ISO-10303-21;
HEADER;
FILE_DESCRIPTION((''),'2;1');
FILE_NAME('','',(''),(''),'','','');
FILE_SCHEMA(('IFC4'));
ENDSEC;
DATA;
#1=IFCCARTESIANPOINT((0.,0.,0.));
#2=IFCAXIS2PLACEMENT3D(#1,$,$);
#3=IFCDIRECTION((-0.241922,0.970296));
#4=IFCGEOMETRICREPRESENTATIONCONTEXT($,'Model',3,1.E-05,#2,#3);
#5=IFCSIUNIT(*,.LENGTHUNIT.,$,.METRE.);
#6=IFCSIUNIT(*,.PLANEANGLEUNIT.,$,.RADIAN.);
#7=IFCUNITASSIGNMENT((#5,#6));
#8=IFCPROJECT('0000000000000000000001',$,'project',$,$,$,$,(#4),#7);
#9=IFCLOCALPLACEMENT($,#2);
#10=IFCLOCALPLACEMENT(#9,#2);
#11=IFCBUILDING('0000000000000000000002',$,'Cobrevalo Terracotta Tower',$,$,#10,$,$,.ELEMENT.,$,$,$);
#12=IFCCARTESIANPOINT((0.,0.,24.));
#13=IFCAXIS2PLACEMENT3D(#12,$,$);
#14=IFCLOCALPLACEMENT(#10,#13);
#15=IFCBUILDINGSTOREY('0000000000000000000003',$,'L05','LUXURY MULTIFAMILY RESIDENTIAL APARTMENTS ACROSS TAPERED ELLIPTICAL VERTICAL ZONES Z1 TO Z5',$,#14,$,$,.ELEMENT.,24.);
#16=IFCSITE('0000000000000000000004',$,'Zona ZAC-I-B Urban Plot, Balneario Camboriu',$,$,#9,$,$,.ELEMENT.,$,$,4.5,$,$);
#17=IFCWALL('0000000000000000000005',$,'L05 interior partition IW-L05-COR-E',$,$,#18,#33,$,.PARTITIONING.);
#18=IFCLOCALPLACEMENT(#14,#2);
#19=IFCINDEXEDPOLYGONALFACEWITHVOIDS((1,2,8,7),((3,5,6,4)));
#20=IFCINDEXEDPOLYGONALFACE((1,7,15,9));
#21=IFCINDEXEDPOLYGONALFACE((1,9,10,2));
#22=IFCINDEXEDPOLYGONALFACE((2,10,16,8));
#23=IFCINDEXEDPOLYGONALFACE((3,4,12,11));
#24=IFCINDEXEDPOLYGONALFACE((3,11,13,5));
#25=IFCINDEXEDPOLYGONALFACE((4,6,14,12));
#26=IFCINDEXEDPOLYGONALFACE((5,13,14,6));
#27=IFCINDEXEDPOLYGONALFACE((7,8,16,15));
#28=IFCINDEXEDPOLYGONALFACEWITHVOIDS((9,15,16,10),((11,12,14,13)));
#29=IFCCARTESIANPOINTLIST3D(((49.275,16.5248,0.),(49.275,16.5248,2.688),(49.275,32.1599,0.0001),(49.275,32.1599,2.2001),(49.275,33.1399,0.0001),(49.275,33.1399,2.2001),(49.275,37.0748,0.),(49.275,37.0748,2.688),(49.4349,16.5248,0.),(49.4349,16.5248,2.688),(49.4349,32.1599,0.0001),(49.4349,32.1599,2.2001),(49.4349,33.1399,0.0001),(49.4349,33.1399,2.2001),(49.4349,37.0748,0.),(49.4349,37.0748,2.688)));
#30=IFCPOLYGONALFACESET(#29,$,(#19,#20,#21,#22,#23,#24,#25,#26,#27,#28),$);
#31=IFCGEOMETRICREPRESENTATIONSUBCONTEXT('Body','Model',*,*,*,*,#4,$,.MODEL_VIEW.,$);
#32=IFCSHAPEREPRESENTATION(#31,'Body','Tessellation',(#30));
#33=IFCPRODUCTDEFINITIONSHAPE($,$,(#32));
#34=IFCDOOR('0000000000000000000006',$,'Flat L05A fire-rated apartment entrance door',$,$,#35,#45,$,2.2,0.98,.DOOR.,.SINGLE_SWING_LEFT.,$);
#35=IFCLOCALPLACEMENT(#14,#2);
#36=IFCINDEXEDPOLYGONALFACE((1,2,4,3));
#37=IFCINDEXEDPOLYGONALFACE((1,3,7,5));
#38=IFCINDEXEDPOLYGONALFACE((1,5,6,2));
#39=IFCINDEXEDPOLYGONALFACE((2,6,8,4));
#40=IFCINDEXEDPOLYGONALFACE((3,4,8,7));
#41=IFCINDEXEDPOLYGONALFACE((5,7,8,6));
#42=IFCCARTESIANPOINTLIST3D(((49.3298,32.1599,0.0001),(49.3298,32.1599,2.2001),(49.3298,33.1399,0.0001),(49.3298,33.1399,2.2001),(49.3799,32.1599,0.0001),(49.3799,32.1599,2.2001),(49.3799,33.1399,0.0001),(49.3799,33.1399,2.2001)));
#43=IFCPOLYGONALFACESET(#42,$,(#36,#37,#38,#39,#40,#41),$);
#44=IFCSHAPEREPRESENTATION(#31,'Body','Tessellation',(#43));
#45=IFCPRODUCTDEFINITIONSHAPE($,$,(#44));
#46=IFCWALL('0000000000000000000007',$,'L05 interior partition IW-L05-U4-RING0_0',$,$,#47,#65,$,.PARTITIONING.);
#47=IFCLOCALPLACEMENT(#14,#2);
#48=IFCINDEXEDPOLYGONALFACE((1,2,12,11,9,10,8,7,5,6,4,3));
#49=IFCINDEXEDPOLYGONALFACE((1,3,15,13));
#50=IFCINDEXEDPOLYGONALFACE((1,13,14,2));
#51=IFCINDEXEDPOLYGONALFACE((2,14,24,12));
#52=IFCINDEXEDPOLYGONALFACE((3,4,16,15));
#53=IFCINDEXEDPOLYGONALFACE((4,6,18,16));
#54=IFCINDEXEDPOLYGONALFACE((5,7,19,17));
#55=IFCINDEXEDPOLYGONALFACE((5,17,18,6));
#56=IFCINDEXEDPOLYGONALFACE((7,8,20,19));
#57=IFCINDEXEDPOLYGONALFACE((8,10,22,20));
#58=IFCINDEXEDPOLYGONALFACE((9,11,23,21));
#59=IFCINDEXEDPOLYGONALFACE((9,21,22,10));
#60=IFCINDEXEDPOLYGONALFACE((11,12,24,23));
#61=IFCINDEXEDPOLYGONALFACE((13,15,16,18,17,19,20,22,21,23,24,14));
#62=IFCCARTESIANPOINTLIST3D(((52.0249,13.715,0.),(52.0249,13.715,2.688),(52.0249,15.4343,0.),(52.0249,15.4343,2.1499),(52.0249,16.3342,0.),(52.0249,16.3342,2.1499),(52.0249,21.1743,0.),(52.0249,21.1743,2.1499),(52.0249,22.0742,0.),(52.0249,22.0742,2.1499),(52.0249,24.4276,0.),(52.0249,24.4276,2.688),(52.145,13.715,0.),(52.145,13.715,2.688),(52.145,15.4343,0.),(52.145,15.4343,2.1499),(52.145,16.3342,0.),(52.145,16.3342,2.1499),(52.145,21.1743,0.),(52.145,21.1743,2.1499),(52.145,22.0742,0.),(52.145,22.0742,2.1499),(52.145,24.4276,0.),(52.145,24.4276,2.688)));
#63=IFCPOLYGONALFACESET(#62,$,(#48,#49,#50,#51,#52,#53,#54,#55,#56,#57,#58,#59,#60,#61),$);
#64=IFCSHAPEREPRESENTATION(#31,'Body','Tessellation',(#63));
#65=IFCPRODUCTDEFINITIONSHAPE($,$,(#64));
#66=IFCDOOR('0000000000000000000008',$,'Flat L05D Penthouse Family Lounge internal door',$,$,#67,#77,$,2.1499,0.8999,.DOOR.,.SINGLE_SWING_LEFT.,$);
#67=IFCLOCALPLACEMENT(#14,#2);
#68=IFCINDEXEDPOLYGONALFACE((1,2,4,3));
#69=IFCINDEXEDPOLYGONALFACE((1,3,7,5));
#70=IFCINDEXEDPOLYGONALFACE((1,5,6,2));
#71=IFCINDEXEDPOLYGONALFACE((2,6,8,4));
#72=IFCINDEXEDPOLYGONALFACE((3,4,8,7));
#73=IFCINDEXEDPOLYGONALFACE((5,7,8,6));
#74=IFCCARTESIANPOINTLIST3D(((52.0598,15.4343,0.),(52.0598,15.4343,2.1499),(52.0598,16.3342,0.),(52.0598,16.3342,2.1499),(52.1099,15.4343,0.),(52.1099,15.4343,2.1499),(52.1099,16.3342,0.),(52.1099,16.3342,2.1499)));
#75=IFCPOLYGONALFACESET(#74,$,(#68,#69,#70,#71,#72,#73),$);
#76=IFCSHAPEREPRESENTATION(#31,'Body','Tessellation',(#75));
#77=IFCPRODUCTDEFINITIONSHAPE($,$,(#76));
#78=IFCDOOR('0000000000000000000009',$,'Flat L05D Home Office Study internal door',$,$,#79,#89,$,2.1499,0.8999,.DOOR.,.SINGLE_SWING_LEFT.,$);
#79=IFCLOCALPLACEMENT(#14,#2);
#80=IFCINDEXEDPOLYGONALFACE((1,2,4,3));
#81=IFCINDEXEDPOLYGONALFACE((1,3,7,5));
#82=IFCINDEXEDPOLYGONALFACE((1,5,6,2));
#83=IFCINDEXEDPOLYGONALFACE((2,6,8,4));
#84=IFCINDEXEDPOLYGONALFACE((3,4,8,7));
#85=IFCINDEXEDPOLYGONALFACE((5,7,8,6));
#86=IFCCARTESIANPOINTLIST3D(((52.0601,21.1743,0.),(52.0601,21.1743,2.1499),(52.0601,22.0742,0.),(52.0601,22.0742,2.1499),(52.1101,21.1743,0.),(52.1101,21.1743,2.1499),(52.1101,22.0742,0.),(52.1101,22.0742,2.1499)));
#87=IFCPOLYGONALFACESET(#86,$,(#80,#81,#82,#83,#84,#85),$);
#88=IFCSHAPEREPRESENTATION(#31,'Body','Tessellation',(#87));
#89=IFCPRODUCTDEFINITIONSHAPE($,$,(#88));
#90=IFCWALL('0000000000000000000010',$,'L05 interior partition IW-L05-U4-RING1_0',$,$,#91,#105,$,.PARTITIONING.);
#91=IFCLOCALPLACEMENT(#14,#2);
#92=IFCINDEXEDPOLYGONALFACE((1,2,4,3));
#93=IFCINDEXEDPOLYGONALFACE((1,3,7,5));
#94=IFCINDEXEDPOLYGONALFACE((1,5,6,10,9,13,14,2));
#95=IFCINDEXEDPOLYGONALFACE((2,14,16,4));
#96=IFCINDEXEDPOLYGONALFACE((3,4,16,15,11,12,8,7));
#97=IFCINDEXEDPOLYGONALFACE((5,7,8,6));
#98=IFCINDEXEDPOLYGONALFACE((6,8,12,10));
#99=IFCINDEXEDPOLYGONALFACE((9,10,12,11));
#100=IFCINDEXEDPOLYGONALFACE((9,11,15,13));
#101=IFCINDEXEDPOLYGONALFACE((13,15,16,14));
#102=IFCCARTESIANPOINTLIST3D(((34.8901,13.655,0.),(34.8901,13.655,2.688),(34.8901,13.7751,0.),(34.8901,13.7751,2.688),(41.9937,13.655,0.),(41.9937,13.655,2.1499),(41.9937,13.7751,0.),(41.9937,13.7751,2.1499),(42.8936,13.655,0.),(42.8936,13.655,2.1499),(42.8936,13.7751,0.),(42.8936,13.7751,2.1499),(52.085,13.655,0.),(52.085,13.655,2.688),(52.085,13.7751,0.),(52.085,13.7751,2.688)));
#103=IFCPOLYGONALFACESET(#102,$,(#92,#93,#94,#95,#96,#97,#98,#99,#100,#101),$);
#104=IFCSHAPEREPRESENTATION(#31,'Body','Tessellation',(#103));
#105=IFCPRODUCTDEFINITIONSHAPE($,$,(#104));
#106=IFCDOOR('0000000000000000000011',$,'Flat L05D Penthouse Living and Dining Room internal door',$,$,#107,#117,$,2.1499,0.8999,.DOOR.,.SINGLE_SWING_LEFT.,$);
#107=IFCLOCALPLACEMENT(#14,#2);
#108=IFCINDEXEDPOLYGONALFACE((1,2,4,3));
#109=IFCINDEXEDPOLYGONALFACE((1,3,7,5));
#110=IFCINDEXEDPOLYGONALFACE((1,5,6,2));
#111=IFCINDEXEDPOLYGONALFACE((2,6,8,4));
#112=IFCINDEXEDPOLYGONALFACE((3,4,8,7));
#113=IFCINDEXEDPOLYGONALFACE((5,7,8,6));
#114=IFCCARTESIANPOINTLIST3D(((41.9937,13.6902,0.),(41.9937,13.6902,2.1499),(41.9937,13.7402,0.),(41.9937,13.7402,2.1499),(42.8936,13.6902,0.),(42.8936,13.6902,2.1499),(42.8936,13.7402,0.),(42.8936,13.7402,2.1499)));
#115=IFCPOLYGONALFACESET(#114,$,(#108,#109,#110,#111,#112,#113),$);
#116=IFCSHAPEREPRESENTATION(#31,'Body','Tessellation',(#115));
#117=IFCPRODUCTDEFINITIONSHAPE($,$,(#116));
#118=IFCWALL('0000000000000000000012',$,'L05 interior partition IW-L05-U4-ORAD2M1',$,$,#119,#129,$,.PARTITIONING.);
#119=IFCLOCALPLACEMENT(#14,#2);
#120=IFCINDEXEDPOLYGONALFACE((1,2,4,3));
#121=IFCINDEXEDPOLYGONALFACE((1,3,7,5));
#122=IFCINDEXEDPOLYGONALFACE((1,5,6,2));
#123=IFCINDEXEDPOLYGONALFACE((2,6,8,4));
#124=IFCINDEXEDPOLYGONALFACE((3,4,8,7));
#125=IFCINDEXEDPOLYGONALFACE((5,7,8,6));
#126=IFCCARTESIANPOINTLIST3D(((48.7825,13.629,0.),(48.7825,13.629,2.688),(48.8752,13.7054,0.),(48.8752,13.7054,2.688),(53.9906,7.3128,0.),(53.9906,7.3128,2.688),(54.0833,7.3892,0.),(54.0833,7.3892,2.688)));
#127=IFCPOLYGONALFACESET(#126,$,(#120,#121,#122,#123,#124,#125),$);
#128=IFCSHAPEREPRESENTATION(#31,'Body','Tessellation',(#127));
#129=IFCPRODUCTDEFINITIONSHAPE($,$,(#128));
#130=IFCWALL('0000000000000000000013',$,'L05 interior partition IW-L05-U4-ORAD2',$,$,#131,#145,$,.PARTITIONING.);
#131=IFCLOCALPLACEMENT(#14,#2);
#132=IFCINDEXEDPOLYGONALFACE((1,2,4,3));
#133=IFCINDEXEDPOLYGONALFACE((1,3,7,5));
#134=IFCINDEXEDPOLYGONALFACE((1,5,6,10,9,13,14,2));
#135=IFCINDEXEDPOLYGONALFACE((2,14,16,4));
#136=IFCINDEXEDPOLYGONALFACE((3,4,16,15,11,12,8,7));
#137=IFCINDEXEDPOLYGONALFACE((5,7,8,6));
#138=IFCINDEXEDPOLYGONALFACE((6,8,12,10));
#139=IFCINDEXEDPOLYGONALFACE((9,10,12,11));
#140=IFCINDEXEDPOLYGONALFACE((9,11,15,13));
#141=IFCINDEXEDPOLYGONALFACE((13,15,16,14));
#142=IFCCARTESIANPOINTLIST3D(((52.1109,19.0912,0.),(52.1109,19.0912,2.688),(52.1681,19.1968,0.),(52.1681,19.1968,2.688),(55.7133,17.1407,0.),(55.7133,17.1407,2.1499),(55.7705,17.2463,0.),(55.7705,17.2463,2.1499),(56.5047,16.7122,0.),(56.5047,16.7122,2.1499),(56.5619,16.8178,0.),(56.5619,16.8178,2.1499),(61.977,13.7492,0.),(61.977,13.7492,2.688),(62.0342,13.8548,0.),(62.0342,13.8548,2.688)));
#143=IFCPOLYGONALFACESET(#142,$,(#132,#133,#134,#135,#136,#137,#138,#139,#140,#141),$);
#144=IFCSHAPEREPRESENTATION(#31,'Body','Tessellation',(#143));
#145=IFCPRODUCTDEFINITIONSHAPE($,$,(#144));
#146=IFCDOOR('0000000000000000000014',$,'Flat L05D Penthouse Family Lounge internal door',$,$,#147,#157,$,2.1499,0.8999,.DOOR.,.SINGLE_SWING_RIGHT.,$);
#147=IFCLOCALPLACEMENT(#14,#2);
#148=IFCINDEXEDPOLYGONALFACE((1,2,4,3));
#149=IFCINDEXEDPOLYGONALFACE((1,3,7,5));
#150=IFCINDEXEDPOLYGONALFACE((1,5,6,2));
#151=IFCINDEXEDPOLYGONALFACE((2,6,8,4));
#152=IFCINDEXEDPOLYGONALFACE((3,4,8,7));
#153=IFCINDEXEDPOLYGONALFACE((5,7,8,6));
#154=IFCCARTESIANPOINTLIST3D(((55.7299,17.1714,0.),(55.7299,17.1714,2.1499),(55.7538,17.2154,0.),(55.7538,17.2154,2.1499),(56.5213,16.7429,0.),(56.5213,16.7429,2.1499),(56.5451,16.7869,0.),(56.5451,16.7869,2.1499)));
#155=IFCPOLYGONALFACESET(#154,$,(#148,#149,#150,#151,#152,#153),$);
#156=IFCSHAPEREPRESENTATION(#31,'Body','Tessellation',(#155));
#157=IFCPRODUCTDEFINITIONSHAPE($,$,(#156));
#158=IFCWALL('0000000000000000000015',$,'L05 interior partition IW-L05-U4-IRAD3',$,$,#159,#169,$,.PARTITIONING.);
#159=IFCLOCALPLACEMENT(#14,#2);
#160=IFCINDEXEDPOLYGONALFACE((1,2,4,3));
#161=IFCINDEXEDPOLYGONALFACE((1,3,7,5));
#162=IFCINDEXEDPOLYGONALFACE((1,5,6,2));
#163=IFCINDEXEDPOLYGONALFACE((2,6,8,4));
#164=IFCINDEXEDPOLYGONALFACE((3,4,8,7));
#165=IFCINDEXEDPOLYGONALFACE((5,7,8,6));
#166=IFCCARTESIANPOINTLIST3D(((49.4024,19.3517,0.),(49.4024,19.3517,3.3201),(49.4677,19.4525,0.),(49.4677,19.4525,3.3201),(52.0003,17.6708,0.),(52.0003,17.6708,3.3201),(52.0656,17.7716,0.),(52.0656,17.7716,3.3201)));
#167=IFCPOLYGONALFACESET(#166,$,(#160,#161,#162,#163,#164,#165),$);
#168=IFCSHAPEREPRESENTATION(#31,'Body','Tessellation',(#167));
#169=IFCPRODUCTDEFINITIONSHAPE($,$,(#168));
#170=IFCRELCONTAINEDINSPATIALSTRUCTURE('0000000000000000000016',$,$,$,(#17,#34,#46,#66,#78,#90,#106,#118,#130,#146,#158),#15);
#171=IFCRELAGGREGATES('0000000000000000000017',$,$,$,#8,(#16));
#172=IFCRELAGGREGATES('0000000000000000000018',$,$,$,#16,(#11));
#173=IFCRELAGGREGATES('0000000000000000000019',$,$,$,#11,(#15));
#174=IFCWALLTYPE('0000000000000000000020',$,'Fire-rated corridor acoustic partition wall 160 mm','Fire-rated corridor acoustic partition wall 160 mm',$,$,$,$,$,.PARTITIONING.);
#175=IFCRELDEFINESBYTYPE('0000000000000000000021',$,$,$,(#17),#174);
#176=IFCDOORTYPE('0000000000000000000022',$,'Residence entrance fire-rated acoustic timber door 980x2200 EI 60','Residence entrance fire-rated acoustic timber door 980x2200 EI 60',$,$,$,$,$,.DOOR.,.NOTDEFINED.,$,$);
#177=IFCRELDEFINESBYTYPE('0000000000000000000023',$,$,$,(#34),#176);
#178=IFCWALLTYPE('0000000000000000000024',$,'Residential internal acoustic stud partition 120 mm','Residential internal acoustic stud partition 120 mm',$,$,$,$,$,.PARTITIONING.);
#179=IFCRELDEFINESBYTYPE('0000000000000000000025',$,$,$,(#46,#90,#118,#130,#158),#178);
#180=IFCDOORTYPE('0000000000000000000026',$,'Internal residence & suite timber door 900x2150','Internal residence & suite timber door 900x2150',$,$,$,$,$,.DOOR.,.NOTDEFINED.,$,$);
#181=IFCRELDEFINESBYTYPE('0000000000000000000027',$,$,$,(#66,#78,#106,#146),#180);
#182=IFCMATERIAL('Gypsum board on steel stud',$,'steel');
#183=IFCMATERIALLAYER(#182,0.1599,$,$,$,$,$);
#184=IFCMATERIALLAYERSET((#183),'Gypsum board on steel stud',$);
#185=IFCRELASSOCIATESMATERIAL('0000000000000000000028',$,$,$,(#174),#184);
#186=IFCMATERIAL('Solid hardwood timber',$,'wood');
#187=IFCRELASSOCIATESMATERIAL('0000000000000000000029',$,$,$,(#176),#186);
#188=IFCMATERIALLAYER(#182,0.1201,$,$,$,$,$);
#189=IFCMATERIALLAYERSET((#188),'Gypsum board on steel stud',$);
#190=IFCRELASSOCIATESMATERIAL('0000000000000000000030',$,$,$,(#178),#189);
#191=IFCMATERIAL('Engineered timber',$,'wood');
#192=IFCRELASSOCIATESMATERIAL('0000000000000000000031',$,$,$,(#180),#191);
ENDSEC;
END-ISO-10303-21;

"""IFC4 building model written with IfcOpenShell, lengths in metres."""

from ifc_helpers import new_model, si_unit, direction, frame, frame_2d, origin, place, context, subcontext, project, spatial, rectangle, extrude, source, transform, mapped, material, layer, layer_set, type_object, element, fill, save


model = new_model("IFC4")

# Units and contexts
model_context = context("Model", 3, precision=1e-05, world=origin(), true_north=direction((-0.241922, 0.970296)))
body_context = subcontext(model_context, "Body", "Model", "MODEL_VIEW")
ifc_project = project(units=[si_unit("LENGTHUNIT", "METRE"), si_unit("PLANEANGLEUNIT", "RADIAN")], contexts=[model_context])

# Site, building, storey
site_placement = place(None, origin())
site = spatial("IfcSite", under=ifc_project, at=site_placement, Name="Zona ZAC-I-B Urban Plot, Balneario Camboriu", CompositionType="ELEMENT", RefElevation=4.5)
building_placement = place(site_placement, origin())
building = spatial("IfcBuilding", under=site, at=building_placement, Name="Cobrevalo Terracotta Tower", CompositionType="ELEMENT")
storey_placement = place(building_placement, frame((0.0, 0.0, 24.0)))
storey = spatial("IfcBuildingStorey", under=building, at=storey_placement, Name="L05", Description="LUXURY MULTIFAMILY RESIDENTIAL APARTMENTS ACROSS TAPERED ELLIPTICAL VERTICAL ZONES Z1 TO Z5", CompositionType="ELEMENT", Elevation=24.0)

# Wall, opening, door
ifc_material_1 = material(Name="Gypsum board on steel stud", Category="steel")
ifc_layer_1 = layer(ifc_material_1, 0.1599)
ifc_layer_set_1 = layer_set([ifc_layer_1], Name="Gypsum board on steel stud")
wall_type_1 = type_object("IfcWallType", Name="Fire-rated corridor acoustic partition wall 160 mm", Description="Fire-rated corridor acoustic partition wall 160 mm", PredefinedType="PARTITIONING", material=ifc_layer_set_1)
wall_1_placement = place(storey_placement, frame((49.355, 16.5249, 0.0), z_axis=(0.0, 0.0, 1.0), x_axis=(0.0, 1.0, 0.0)))
wall_1 = element("IfcWall", 1, at=wall_1_placement, inside=storey, type_object=wall_type_1, Name="L05 interior partition IW-L05-COR-E", PredefinedType="PARTITIONING", context=body_context, shape_type="SweptSolid", body=[
    extrude(rectangle(XDim=20.55, YDim=0.1599, at=frame_2d((10.2749, 0.0))), origin(), (0.0, 0.0, 1.0), 2.688),
])
opening_1_placement = place(wall_1_placement, frame((15.635, 0.0, 0.0)))
opening_1 = element("IfcOpeningElement", 2, at=opening_1_placement, cuts=wall_1, PredefinedType="OPENING", context=body_context, shape_type="SweptSolid", body=[
    extrude(rectangle(XDim=0.98, YDim=2.2, at=frame_2d((0.49, 1.1001))), frame((0.0, 0.0898, 0.0), z_axis=(0.0, -1.0, 0.0), x_axis=(1.0, 0.0, 0.0)), (0.0, 0.0, 1.0), 0.1799),
])
ifc_material_2 = material(Name="Solid hardwood timber", Category="wood")
door_type_1 = type_object("IfcDoorType", Name="Residence entrance fire-rated acoustic timber door 980x2200 EI 60", Description="Residence entrance fire-rated acoustic timber door 980x2200 EI 60", OperationType="NOTDEFINED", PredefinedType="DOOR", material=ifc_material_2)
shared_shape_1 = source(origin(), body_context, "Body", "SweptSolid", [
    extrude(rectangle(XDim=0.98, YDim=2.2, at=frame_2d((0.49, 1.1001))), frame((0.0, 0.0249, 0.0), z_axis=(0.0, -1.0, 0.0), x_axis=(1.0, 0.0, 0.0)), (0.0, 0.0, 1.0), 0.05),
])
door_1_placement = place(opening_1_placement, frame((0.98, 0.0, 0.0), z_axis=(0.0, 0.0, 1.0), x_axis=(-1.0, 0.0, 0.0)))
door_1 = element("IfcDoor", 3, at=door_1_placement, inside=storey, type_object=door_type_1, Name="Flat L05A fire-rated apartment entrance door", OperationType="SINGLE_SWING_LEFT", OverallHeight=2.2, OverallWidth=0.98, PredefinedType="DOOR", context=body_context, shape_type="MappedRepresentation", body=[
    mapped(shared_shape_1, transform((0.0, 0.0, 0.0), scale=1.0)),
])
fill(opening_1, door_1)

# Wall, openings, doors
ifc_layer_2 = layer(ifc_material_1, 0.1201)
ifc_layer_set_2 = layer_set([ifc_layer_2], Name="Gypsum board on steel stud")
wall_type_2 = type_object("IfcWallType", Name="Residential internal acoustic stud partition 120 mm", Description="Residential internal acoustic stud partition 120 mm", PredefinedType="PARTITIONING", material=ifc_layer_set_2)
wall_2_placement = place(storey_placement, frame((52.085, 24.4277, 0.0), z_axis=(0.0, 0.0, 1.0), x_axis=(0.0, -1.0, 0.0)))
wall_2 = element("IfcWall", 4, at=wall_2_placement, inside=storey, type_object=wall_type_2, Name="L05 interior partition IW-L05-U4-RING0_0", PredefinedType="PARTITIONING", context=body_context, shape_type="SweptSolid", body=[
    extrude(rectangle(XDim=10.7126, YDim=0.1201, at=frame_2d((5.3564, 0.0))), origin(), (0.0, 0.0, 1.0), 2.688),
])
opening_2_placement = place(wall_2_placement, frame((8.0935, 0.0, 0.0)))
opening_2 = element("IfcOpeningElement", 5, at=opening_2_placement, cuts=wall_2, PredefinedType="OPENING", context=body_context, shape_type="SweptSolid", body=[
    extrude(rectangle(XDim=0.8999, YDim=2.1499, at=frame_2d((0.45, 1.075))), frame((0.0, 0.0701, 0.0), z_axis=(0.0, -1.0, 0.0), x_axis=(1.0, 0.0, 0.0)), (0.0, 0.0, 1.0), 0.1401),
])
opening_3_placement = place(wall_2_placement, frame((2.3535, 0.0, 0.0)))
opening_3 = element("IfcOpeningElement", 6, at=opening_3_placement, cuts=wall_2, PredefinedType="OPENING", context=body_context, shape_type="SweptSolid", body=[
    extrude(rectangle(XDim=0.8999, YDim=2.1499, at=frame_2d((0.45, 1.075))), frame((0.0, 0.0701, 0.0), z_axis=(0.0, -1.0, 0.0), x_axis=(1.0, 0.0, 0.0)), (0.0, 0.0, 1.0), 0.1401),
])
ifc_material_3 = material(Name="Engineered timber", Category="wood")
door_type_2 = type_object("IfcDoorType", Name="Internal residence & suite timber door 900x2150", Description="Internal residence & suite timber door 900x2150", OperationType="NOTDEFINED", PredefinedType="DOOR", material=ifc_material_3)
shared_shape_2 = source(origin(), body_context, "Body", "SweptSolid", [
    extrude(rectangle(XDim=0.8999, YDim=2.1499, at=frame_2d((0.45, 1.075))), frame((0.0, 0.0249, 0.0), z_axis=(0.0, -1.0, 0.0), x_axis=(1.0, 0.0, 0.0)), (0.0, 0.0, 1.0), 0.05),
])
door_2_placement = place(opening_2_placement, origin())
door_2 = element("IfcDoor", 7, at=door_2_placement, inside=storey, type_object=door_type_2, Name="Flat L05D Penthouse Family Lounge internal door", OperationType="SINGLE_SWING_LEFT", OverallHeight=2.1499, OverallWidth=0.8999, PredefinedType="DOOR", context=body_context, shape_type="MappedRepresentation", body=[
    mapped(shared_shape_2, transform((0.0, 0.0, 0.0), scale=1.0)),
])
fill(opening_2, door_2)
door_3_placement = place(opening_3_placement, frame((0.8999, 0.0, 0.0), z_axis=(0.0, 0.0, 1.0), x_axis=(-1.0, 0.0, 0.0)))
door_3 = element("IfcDoor", 8, at=door_3_placement, inside=storey, type_object=door_type_2, Name="Flat L05D Home Office Study internal door", OperationType="SINGLE_SWING_LEFT", OverallHeight=2.1499, OverallWidth=0.8999, PredefinedType="DOOR", context=body_context, shape_type="MappedRepresentation", body=[
    mapped(shared_shape_2, transform((0.0, 0.0, 0.0), scale=1.0)),
])
fill(opening_3, door_3)

# Wall, opening, door
wall_3_placement = place(storey_placement, frame((52.085, 13.7151, 0.0), z_axis=(0.0, 0.0, 1.0), x_axis=(-1.0, 0.0, 0.0)))
wall_3 = element("IfcWall", 9, at=wall_3_placement, inside=storey, type_object=wall_type_2, Name="L05 interior partition IW-L05-U4-RING1_0", PredefinedType="PARTITIONING", context=body_context, shape_type="SweptSolid", body=[
    extrude(rectangle(XDim=17.1948, YDim=0.1201, at=frame_2d((8.5974, 0.0))), origin(), (0.0, 0.0, 1.0), 2.688),
])
opening_4_placement = place(wall_3_placement, frame((9.1914, 0.0, 0.0)))
opening_4 = element("IfcOpeningElement", 10, at=opening_4_placement, cuts=wall_3, PredefinedType="OPENING", context=body_context, shape_type="SweptSolid", body=[
    extrude(rectangle(XDim=0.8999, YDim=2.1499, at=frame_2d((0.45, 1.075))), frame((0.0, 0.0701, 0.0), z_axis=(0.0, -1.0, 0.0), x_axis=(1.0, 0.0, 0.0)), (0.0, 0.0, 1.0), 0.1401),
])
door_4_placement = place(opening_4_placement, origin())
door_4 = element("IfcDoor", 11, at=door_4_placement, inside=storey, type_object=door_type_2, Name="Flat L05D Penthouse Living and Dining Room internal door", OperationType="SINGLE_SWING_LEFT", OverallHeight=2.1499, OverallWidth=0.8999, PredefinedType="DOOR", context=body_context, shape_type="MappedRepresentation", body=[
    mapped(shared_shape_2, transform((0.0, 0.0, 0.0), scale=1.0)),
])
fill(opening_4, door_4)

# Wall
wall_4_placement = place(storey_placement, frame((48.8289, 13.6672, 0.0), z_axis=(0.0, 0.0, 1.0), x_axis=(0.636178, -0.771543, 0.0)))
element("IfcWall", 12, at=wall_4_placement, inside=storey, type_object=wall_type_2, Name="L05 interior partition IW-L05-U4-ORAD2M1", PredefinedType="PARTITIONING", context=body_context, shape_type="SweptSolid", body=[
    extrude(rectangle(XDim=8.1865, YDim=0.1201, at=frame_2d((4.0933, 0.0))), origin(), (0.0, 0.0, 1.0), 2.688),
])

# Wall, opening, door
wall_5_placement = place(storey_placement, frame((52.1394, 19.144, 0.0), z_axis=(0.0, 0.0, 1.0), x_axis=(0.879372, -0.476135, 0.0)))
wall_5 = element("IfcWall", 13, at=wall_5_placement, inside=storey, type_object=wall_type_2, Name="L05 interior partition IW-L05-U4-ORAD2", PredefinedType="PARTITIONING", context=body_context, shape_type="SweptSolid", body=[
    extrude(rectangle(XDim=11.2195, YDim=0.1201, at=frame_2d((5.6099, 0.0))), origin(), (0.0, 0.0, 1.0), 2.688),
])
opening_5_placement = place(wall_5_placement, frame((4.0967, 0.0, 0.0)))
opening_5 = element("IfcOpeningElement", 14, at=opening_5_placement, cuts=wall_5, PredefinedType="OPENING", context=body_context, shape_type="SweptSolid", body=[
    extrude(rectangle(XDim=0.8999, YDim=2.1499, at=frame_2d((0.45, 1.075))), frame((0.0, 0.0701, 0.0), z_axis=(0.0, -1.0, 0.0), x_axis=(1.0, 0.0, 0.0)), (0.0, 0.0, 1.0), 0.1401),
])
door_5_placement = place(opening_5_placement, origin())
door_5 = element("IfcDoor", 15, at=door_5_placement, inside=storey, type_object=door_type_2, Name="Flat L05D Penthouse Family Lounge internal door", OperationType="SINGLE_SWING_RIGHT", OverallHeight=2.1499, OverallWidth=0.8999, PredefinedType="DOOR", context=body_context, shape_type="MappedRepresentation", body=[
    mapped(shared_shape_2, transform((0.0, 0.0, 0.0), scale=1.0)),
])
fill(opening_5, door_5)

# Wall
wall_6_placement = place(storey_placement, frame((49.4351, 19.4021, 0.0), z_axis=(0.0, 0.0, 1.0), x_axis=(0.839583, -0.543232, 0.0)))
element("IfcWall", 16, at=wall_6_placement, inside=storey, type_object=wall_type_2, Name="L05 interior partition IW-L05-U4-IRAD3", PredefinedType="PARTITIONING", context=body_context, shape_type="SweptSolid", body=[
    extrude(rectangle(XDim=3.0942, YDim=0.1201, at=frame_2d((1.5471, 0.0))), origin(), (0.0, 0.0, 1.0), 3.3201),
])

save(model, "model.ifc")
